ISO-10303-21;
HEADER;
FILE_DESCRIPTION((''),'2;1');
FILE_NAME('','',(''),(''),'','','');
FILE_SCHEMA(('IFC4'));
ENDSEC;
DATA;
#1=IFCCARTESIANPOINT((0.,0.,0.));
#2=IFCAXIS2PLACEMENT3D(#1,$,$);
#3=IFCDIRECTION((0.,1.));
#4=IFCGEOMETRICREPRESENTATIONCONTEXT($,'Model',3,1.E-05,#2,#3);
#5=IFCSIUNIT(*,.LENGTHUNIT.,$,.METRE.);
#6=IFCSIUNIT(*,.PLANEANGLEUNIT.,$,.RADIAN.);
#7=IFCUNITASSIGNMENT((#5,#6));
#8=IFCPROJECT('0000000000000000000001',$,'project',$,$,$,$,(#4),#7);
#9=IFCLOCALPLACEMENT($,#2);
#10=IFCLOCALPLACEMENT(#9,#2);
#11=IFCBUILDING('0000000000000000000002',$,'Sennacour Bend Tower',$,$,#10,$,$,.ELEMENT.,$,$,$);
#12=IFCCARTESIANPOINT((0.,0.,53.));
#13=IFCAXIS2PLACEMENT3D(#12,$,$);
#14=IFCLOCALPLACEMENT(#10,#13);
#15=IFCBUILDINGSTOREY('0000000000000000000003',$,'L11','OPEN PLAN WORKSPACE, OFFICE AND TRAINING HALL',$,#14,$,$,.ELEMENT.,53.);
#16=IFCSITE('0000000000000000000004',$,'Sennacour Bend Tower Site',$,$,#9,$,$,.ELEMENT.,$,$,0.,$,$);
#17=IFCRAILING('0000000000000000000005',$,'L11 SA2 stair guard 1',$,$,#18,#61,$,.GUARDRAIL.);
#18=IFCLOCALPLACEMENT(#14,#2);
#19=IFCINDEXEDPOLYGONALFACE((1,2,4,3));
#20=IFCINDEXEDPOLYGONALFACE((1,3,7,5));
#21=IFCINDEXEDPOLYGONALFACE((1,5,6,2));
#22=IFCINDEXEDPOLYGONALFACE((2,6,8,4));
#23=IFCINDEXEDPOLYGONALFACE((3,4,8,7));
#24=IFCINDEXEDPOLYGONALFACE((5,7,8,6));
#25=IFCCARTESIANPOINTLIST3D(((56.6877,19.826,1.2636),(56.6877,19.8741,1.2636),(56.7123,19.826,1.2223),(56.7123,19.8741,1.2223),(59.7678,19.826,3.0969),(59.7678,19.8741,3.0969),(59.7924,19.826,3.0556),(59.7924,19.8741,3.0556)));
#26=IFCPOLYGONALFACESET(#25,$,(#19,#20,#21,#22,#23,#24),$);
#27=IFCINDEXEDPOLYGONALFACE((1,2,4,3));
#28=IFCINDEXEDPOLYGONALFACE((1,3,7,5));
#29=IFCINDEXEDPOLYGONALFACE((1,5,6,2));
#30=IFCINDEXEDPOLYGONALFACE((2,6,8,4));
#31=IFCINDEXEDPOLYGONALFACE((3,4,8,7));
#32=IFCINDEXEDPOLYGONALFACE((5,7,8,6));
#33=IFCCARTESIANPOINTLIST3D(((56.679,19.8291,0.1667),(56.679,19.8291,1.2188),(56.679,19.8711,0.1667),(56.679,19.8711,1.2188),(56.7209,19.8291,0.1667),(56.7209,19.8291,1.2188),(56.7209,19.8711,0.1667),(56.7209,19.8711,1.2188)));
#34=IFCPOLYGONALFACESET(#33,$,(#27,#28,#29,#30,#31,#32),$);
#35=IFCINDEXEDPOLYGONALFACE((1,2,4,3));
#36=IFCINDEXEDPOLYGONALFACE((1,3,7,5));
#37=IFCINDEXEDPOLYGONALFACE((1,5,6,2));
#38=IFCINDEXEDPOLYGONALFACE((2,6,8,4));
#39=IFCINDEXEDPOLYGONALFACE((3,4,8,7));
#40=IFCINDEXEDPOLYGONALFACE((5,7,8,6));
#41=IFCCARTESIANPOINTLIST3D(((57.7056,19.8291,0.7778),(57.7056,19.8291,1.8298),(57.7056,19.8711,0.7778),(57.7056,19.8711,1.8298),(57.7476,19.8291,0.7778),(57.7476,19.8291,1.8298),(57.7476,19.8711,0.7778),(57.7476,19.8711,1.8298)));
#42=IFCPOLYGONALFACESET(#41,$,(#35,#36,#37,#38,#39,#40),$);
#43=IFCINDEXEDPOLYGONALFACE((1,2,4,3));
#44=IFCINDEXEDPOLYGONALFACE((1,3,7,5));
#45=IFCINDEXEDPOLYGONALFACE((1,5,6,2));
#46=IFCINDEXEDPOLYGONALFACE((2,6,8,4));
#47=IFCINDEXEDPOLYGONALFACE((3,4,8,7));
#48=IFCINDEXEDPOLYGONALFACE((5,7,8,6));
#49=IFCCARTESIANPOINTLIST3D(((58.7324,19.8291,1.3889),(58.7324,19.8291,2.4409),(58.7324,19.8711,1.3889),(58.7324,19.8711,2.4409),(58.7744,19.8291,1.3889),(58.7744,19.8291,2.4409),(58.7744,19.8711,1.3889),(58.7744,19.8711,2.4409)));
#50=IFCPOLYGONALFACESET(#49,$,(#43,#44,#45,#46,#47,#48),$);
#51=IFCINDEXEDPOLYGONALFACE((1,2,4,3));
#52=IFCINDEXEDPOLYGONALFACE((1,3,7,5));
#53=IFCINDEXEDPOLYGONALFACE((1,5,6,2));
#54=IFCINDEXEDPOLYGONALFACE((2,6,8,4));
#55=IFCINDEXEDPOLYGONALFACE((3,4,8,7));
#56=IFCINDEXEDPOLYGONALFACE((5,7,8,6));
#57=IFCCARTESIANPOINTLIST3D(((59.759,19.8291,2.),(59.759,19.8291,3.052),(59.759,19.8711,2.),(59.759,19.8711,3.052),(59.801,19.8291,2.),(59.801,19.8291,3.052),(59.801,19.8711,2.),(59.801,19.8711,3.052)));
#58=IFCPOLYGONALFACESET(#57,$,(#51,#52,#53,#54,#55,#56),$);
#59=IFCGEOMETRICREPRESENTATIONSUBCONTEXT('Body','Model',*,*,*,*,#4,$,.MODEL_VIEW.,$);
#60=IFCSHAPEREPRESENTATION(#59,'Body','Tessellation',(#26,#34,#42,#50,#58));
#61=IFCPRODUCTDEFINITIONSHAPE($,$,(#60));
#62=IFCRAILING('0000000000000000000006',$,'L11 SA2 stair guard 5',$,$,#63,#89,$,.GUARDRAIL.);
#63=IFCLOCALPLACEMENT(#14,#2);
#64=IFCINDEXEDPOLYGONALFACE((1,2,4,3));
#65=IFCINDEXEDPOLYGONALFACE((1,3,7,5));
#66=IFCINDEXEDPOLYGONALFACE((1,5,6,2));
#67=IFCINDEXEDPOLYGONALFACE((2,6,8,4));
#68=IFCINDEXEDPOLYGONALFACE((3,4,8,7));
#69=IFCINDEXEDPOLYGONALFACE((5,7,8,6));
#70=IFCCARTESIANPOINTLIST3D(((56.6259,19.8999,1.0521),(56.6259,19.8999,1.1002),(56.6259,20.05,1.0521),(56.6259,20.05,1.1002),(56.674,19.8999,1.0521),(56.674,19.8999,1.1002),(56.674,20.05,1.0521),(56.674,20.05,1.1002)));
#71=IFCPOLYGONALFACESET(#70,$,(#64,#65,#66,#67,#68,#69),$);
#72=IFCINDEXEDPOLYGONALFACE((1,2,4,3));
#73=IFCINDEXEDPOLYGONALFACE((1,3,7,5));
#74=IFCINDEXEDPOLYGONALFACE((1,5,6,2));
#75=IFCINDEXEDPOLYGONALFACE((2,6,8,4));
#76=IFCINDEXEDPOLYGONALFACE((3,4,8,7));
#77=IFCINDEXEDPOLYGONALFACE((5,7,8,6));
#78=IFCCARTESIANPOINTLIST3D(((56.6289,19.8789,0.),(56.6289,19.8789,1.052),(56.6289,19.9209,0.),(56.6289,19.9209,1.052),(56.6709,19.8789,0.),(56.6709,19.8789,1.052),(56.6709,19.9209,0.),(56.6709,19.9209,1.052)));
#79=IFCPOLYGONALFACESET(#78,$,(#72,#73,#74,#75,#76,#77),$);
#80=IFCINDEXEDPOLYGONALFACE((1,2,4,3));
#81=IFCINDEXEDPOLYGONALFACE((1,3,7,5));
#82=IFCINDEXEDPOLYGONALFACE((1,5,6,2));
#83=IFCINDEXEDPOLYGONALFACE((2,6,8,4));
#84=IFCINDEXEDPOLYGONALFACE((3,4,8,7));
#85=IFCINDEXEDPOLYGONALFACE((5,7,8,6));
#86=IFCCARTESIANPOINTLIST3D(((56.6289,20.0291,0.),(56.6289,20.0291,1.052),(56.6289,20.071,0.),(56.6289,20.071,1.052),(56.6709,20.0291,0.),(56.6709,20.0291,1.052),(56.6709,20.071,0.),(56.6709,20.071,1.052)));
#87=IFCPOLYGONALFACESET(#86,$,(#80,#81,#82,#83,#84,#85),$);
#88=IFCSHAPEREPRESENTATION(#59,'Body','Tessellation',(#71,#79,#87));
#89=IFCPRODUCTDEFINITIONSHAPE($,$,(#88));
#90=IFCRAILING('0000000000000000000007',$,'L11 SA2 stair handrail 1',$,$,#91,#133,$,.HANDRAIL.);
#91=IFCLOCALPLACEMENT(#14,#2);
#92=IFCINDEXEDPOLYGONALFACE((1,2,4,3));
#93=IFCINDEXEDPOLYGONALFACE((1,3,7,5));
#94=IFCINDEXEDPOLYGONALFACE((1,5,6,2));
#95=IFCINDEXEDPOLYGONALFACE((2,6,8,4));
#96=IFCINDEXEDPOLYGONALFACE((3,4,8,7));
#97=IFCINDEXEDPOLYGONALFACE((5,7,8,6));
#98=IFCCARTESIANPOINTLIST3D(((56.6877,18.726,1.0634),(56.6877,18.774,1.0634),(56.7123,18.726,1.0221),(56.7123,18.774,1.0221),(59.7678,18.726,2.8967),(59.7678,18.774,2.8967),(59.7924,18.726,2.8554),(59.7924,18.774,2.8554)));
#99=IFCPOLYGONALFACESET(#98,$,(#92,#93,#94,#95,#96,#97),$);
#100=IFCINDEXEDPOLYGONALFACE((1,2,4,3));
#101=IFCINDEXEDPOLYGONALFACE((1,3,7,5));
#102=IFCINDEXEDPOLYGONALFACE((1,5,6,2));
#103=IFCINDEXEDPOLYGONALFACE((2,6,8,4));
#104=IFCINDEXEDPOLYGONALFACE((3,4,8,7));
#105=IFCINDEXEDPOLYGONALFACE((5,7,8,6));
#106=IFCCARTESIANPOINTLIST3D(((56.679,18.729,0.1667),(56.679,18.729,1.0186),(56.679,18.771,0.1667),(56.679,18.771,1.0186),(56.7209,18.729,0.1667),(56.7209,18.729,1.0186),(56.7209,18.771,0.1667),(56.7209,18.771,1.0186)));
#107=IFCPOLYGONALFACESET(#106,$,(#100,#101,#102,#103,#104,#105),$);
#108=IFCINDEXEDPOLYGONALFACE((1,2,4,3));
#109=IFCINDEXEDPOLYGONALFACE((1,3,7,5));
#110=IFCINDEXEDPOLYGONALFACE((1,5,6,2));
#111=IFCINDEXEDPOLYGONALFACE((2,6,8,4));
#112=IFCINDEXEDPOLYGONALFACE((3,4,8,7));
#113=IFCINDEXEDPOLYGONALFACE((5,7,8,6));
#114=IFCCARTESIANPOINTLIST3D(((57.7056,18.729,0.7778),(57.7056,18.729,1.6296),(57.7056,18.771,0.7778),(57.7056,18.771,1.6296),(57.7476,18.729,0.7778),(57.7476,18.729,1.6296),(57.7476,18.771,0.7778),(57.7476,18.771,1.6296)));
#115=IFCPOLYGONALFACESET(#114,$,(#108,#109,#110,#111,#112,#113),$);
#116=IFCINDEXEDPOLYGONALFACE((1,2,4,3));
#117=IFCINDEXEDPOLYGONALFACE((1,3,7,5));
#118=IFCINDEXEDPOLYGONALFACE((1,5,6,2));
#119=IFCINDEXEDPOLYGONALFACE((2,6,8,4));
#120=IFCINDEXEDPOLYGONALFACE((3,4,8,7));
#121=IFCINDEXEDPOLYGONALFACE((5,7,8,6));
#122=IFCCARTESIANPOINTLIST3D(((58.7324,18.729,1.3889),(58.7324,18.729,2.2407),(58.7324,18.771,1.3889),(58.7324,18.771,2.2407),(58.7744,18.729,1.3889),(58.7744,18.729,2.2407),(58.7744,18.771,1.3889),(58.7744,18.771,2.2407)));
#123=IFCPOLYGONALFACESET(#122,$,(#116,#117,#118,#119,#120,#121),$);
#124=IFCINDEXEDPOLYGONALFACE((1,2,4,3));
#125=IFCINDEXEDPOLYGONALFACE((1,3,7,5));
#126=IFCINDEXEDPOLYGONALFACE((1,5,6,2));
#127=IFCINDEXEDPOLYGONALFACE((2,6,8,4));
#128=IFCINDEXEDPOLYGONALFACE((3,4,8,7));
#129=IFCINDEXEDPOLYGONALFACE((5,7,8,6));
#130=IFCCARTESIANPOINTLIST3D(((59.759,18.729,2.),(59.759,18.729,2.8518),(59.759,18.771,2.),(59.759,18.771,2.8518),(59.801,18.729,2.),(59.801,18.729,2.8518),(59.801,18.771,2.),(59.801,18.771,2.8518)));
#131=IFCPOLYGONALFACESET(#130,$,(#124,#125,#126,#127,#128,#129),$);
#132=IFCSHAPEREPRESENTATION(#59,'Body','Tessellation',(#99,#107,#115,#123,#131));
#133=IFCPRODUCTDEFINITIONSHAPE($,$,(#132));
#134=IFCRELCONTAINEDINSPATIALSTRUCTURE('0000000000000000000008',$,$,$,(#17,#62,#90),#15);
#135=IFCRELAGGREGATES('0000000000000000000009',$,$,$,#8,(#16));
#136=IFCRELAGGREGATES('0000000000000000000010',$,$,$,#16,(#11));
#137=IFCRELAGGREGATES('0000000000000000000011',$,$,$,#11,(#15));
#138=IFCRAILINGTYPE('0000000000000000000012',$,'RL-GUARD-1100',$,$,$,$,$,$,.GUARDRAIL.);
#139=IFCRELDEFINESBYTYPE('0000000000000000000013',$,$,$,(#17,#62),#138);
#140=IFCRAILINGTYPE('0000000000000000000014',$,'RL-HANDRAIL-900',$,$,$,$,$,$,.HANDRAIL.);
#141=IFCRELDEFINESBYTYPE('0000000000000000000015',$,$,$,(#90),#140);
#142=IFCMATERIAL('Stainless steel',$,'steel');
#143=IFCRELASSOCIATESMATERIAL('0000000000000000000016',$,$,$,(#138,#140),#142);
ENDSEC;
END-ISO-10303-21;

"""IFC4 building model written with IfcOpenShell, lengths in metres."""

from ifc_helpers import new_model, si_unit, direction, frame, origin, origin_2d, place, context, subcontext, project, spatial, rectangle, extrude, material, type_object, element, save


model = new_model("IFC4")

# Units and contexts
model_context = context("Model", 3, precision=1e-05, world=origin(), true_north=direction((0.0, 1.0)))
body_context = subcontext(model_context, "Body", "Model", "MODEL_VIEW")
ifc_project = project(units=[si_unit("LENGTHUNIT", "METRE"), si_unit("PLANEANGLEUNIT", "RADIAN")], contexts=[model_context])

# Site, building, storey
site_placement = place(None, origin())
site = spatial("IfcSite", under=ifc_project, at=site_placement, Name="Sennacour Bend Tower Site", CompositionType="ELEMENT", RefElevation=0.0)
building_placement = place(site_placement, origin())
building = spatial("IfcBuilding", under=site, at=building_placement, Name="Sennacour Bend Tower", CompositionType="ELEMENT")
storey_placement = place(building_placement, frame((0.0, 0.0, 53.0)))
storey = spatial("IfcBuildingStorey", under=building, at=storey_placement, Name="L11", Description="OPEN PLAN WORKSPACE, OFFICE AND TRAINING HALL", CompositionType="ELEMENT", Elevation=53.0)

# Shared definitions
ifc_material_1 = material(Name="Stainless steel", Category="steel")

# Railings
railing_type_1 = type_object("IfcRailingType", Name="RL-GUARD-1100", PredefinedType="GUARDRAIL", material=ifc_material_1)
railing_1_placement = place(storey_placement, frame((56.7, 19.8501, 0.1667)))
element("IfcRailing", 1, at=railing_1_placement, inside=storey, type_object=railing_type_1, Name="L11 SA2 stair guard 1", PredefinedType="GUARDRAIL", context=body_context, shape_type="SweptSolid", body=[
    extrude(rectangle(XDim=0.0481, YDim=0.0481, at=origin_2d()), frame((0.0, 0.0, 1.0762), z_axis=(0.859309, 0.0, 0.511458), x_axis=(0.0, 1.0, 0.0)), (0.0, 0.0, 1.0), 3.5845),
    extrude(rectangle(XDim=0.042, YDim=0.042, at=origin_2d()), origin(), (0.0, 0.0, 1.0), 1.052),
    extrude(rectangle(XDim=0.042, YDim=0.042, at=origin_2d()), frame((1.0266, 0.0, 0.6111)), (0.0, 0.0, 1.0), 1.052),
    extrude(rectangle(XDim=0.042, YDim=0.042, at=origin_2d()), frame((2.0535, 0.0, 1.2222)), (0.0, 0.0, 1.0), 1.052),
    extrude(rectangle(XDim=0.042, YDim=0.042, at=origin_2d()), frame((3.0801, 0.0, 1.8333)), (0.0, 0.0, 1.0), 1.052),
])
railing_2_placement = place(storey_placement, frame((56.6499, 19.8999, 0.0)))
element("IfcRailing", 2, at=railing_2_placement, inside=storey, type_object=railing_type_1, Name="L11 SA2 stair guard 5", PredefinedType="GUARDRAIL", context=body_context, shape_type="SweptSolid", body=[
    extrude(rectangle(XDim=0.0481, YDim=0.0481, at=origin_2d()), frame((0.0, 0.0, 1.0762), z_axis=(0.0, 1.0, 0.0), x_axis=(-1.0, 0.0, 0.0)), (0.0, 0.0, 1.0), 0.1501),
    extrude(rectangle(XDim=0.042, YDim=0.042, at=origin_2d()), origin(), (0.0, 0.0, 1.0), 1.052),
    extrude(rectangle(XDim=0.042, YDim=0.042, at=origin_2d()), frame((0.0, 0.1501, 0.0)), (0.0, 0.0, 1.0), 1.052),
])
railing_type_2 = type_object("IfcRailingType", Name="RL-HANDRAIL-900", PredefinedType="HANDRAIL", material=ifc_material_1)
railing_3_placement = place(storey_placement, frame((56.7, 18.75, 0.1667)))
element("IfcRailing", 3, at=railing_3_placement, inside=storey, type_object=railing_type_2, Name="L11 SA2 stair handrail 1", PredefinedType="HANDRAIL", context=body_context, shape_type="SweptSolid", body=[
    extrude(rectangle(XDim=0.0481, YDim=0.0481, at=origin_2d()), frame((0.0, 0.0, 0.876), z_axis=(0.859309, 0.0, 0.511458), x_axis=(0.0, 1.0, 0.0)), (0.0, 0.0, 1.0), 3.5845),
    extrude(rectangle(XDim=0.042, YDim=0.042, at=origin_2d()), origin(), (0.0, 0.0, 1.0), 0.8518),
    extrude(rectangle(XDim=0.042, YDim=0.042, at=origin_2d()), frame((1.0266, 0.0, 0.6111)), (0.0, 0.0, 1.0), 0.8518),
    extrude(rectangle(XDim=0.042, YDim=0.042, at=origin_2d()), frame((2.0535, 0.0, 1.2222)), (0.0, 0.0, 1.0), 0.8518),
    extrude(rectangle(XDim=0.042, YDim=0.042, at=origin_2d()), frame((3.0801, 0.0, 1.8333)), (0.0, 0.0, 1.0), 0.8518),
])

save(model, "model.ifc")
